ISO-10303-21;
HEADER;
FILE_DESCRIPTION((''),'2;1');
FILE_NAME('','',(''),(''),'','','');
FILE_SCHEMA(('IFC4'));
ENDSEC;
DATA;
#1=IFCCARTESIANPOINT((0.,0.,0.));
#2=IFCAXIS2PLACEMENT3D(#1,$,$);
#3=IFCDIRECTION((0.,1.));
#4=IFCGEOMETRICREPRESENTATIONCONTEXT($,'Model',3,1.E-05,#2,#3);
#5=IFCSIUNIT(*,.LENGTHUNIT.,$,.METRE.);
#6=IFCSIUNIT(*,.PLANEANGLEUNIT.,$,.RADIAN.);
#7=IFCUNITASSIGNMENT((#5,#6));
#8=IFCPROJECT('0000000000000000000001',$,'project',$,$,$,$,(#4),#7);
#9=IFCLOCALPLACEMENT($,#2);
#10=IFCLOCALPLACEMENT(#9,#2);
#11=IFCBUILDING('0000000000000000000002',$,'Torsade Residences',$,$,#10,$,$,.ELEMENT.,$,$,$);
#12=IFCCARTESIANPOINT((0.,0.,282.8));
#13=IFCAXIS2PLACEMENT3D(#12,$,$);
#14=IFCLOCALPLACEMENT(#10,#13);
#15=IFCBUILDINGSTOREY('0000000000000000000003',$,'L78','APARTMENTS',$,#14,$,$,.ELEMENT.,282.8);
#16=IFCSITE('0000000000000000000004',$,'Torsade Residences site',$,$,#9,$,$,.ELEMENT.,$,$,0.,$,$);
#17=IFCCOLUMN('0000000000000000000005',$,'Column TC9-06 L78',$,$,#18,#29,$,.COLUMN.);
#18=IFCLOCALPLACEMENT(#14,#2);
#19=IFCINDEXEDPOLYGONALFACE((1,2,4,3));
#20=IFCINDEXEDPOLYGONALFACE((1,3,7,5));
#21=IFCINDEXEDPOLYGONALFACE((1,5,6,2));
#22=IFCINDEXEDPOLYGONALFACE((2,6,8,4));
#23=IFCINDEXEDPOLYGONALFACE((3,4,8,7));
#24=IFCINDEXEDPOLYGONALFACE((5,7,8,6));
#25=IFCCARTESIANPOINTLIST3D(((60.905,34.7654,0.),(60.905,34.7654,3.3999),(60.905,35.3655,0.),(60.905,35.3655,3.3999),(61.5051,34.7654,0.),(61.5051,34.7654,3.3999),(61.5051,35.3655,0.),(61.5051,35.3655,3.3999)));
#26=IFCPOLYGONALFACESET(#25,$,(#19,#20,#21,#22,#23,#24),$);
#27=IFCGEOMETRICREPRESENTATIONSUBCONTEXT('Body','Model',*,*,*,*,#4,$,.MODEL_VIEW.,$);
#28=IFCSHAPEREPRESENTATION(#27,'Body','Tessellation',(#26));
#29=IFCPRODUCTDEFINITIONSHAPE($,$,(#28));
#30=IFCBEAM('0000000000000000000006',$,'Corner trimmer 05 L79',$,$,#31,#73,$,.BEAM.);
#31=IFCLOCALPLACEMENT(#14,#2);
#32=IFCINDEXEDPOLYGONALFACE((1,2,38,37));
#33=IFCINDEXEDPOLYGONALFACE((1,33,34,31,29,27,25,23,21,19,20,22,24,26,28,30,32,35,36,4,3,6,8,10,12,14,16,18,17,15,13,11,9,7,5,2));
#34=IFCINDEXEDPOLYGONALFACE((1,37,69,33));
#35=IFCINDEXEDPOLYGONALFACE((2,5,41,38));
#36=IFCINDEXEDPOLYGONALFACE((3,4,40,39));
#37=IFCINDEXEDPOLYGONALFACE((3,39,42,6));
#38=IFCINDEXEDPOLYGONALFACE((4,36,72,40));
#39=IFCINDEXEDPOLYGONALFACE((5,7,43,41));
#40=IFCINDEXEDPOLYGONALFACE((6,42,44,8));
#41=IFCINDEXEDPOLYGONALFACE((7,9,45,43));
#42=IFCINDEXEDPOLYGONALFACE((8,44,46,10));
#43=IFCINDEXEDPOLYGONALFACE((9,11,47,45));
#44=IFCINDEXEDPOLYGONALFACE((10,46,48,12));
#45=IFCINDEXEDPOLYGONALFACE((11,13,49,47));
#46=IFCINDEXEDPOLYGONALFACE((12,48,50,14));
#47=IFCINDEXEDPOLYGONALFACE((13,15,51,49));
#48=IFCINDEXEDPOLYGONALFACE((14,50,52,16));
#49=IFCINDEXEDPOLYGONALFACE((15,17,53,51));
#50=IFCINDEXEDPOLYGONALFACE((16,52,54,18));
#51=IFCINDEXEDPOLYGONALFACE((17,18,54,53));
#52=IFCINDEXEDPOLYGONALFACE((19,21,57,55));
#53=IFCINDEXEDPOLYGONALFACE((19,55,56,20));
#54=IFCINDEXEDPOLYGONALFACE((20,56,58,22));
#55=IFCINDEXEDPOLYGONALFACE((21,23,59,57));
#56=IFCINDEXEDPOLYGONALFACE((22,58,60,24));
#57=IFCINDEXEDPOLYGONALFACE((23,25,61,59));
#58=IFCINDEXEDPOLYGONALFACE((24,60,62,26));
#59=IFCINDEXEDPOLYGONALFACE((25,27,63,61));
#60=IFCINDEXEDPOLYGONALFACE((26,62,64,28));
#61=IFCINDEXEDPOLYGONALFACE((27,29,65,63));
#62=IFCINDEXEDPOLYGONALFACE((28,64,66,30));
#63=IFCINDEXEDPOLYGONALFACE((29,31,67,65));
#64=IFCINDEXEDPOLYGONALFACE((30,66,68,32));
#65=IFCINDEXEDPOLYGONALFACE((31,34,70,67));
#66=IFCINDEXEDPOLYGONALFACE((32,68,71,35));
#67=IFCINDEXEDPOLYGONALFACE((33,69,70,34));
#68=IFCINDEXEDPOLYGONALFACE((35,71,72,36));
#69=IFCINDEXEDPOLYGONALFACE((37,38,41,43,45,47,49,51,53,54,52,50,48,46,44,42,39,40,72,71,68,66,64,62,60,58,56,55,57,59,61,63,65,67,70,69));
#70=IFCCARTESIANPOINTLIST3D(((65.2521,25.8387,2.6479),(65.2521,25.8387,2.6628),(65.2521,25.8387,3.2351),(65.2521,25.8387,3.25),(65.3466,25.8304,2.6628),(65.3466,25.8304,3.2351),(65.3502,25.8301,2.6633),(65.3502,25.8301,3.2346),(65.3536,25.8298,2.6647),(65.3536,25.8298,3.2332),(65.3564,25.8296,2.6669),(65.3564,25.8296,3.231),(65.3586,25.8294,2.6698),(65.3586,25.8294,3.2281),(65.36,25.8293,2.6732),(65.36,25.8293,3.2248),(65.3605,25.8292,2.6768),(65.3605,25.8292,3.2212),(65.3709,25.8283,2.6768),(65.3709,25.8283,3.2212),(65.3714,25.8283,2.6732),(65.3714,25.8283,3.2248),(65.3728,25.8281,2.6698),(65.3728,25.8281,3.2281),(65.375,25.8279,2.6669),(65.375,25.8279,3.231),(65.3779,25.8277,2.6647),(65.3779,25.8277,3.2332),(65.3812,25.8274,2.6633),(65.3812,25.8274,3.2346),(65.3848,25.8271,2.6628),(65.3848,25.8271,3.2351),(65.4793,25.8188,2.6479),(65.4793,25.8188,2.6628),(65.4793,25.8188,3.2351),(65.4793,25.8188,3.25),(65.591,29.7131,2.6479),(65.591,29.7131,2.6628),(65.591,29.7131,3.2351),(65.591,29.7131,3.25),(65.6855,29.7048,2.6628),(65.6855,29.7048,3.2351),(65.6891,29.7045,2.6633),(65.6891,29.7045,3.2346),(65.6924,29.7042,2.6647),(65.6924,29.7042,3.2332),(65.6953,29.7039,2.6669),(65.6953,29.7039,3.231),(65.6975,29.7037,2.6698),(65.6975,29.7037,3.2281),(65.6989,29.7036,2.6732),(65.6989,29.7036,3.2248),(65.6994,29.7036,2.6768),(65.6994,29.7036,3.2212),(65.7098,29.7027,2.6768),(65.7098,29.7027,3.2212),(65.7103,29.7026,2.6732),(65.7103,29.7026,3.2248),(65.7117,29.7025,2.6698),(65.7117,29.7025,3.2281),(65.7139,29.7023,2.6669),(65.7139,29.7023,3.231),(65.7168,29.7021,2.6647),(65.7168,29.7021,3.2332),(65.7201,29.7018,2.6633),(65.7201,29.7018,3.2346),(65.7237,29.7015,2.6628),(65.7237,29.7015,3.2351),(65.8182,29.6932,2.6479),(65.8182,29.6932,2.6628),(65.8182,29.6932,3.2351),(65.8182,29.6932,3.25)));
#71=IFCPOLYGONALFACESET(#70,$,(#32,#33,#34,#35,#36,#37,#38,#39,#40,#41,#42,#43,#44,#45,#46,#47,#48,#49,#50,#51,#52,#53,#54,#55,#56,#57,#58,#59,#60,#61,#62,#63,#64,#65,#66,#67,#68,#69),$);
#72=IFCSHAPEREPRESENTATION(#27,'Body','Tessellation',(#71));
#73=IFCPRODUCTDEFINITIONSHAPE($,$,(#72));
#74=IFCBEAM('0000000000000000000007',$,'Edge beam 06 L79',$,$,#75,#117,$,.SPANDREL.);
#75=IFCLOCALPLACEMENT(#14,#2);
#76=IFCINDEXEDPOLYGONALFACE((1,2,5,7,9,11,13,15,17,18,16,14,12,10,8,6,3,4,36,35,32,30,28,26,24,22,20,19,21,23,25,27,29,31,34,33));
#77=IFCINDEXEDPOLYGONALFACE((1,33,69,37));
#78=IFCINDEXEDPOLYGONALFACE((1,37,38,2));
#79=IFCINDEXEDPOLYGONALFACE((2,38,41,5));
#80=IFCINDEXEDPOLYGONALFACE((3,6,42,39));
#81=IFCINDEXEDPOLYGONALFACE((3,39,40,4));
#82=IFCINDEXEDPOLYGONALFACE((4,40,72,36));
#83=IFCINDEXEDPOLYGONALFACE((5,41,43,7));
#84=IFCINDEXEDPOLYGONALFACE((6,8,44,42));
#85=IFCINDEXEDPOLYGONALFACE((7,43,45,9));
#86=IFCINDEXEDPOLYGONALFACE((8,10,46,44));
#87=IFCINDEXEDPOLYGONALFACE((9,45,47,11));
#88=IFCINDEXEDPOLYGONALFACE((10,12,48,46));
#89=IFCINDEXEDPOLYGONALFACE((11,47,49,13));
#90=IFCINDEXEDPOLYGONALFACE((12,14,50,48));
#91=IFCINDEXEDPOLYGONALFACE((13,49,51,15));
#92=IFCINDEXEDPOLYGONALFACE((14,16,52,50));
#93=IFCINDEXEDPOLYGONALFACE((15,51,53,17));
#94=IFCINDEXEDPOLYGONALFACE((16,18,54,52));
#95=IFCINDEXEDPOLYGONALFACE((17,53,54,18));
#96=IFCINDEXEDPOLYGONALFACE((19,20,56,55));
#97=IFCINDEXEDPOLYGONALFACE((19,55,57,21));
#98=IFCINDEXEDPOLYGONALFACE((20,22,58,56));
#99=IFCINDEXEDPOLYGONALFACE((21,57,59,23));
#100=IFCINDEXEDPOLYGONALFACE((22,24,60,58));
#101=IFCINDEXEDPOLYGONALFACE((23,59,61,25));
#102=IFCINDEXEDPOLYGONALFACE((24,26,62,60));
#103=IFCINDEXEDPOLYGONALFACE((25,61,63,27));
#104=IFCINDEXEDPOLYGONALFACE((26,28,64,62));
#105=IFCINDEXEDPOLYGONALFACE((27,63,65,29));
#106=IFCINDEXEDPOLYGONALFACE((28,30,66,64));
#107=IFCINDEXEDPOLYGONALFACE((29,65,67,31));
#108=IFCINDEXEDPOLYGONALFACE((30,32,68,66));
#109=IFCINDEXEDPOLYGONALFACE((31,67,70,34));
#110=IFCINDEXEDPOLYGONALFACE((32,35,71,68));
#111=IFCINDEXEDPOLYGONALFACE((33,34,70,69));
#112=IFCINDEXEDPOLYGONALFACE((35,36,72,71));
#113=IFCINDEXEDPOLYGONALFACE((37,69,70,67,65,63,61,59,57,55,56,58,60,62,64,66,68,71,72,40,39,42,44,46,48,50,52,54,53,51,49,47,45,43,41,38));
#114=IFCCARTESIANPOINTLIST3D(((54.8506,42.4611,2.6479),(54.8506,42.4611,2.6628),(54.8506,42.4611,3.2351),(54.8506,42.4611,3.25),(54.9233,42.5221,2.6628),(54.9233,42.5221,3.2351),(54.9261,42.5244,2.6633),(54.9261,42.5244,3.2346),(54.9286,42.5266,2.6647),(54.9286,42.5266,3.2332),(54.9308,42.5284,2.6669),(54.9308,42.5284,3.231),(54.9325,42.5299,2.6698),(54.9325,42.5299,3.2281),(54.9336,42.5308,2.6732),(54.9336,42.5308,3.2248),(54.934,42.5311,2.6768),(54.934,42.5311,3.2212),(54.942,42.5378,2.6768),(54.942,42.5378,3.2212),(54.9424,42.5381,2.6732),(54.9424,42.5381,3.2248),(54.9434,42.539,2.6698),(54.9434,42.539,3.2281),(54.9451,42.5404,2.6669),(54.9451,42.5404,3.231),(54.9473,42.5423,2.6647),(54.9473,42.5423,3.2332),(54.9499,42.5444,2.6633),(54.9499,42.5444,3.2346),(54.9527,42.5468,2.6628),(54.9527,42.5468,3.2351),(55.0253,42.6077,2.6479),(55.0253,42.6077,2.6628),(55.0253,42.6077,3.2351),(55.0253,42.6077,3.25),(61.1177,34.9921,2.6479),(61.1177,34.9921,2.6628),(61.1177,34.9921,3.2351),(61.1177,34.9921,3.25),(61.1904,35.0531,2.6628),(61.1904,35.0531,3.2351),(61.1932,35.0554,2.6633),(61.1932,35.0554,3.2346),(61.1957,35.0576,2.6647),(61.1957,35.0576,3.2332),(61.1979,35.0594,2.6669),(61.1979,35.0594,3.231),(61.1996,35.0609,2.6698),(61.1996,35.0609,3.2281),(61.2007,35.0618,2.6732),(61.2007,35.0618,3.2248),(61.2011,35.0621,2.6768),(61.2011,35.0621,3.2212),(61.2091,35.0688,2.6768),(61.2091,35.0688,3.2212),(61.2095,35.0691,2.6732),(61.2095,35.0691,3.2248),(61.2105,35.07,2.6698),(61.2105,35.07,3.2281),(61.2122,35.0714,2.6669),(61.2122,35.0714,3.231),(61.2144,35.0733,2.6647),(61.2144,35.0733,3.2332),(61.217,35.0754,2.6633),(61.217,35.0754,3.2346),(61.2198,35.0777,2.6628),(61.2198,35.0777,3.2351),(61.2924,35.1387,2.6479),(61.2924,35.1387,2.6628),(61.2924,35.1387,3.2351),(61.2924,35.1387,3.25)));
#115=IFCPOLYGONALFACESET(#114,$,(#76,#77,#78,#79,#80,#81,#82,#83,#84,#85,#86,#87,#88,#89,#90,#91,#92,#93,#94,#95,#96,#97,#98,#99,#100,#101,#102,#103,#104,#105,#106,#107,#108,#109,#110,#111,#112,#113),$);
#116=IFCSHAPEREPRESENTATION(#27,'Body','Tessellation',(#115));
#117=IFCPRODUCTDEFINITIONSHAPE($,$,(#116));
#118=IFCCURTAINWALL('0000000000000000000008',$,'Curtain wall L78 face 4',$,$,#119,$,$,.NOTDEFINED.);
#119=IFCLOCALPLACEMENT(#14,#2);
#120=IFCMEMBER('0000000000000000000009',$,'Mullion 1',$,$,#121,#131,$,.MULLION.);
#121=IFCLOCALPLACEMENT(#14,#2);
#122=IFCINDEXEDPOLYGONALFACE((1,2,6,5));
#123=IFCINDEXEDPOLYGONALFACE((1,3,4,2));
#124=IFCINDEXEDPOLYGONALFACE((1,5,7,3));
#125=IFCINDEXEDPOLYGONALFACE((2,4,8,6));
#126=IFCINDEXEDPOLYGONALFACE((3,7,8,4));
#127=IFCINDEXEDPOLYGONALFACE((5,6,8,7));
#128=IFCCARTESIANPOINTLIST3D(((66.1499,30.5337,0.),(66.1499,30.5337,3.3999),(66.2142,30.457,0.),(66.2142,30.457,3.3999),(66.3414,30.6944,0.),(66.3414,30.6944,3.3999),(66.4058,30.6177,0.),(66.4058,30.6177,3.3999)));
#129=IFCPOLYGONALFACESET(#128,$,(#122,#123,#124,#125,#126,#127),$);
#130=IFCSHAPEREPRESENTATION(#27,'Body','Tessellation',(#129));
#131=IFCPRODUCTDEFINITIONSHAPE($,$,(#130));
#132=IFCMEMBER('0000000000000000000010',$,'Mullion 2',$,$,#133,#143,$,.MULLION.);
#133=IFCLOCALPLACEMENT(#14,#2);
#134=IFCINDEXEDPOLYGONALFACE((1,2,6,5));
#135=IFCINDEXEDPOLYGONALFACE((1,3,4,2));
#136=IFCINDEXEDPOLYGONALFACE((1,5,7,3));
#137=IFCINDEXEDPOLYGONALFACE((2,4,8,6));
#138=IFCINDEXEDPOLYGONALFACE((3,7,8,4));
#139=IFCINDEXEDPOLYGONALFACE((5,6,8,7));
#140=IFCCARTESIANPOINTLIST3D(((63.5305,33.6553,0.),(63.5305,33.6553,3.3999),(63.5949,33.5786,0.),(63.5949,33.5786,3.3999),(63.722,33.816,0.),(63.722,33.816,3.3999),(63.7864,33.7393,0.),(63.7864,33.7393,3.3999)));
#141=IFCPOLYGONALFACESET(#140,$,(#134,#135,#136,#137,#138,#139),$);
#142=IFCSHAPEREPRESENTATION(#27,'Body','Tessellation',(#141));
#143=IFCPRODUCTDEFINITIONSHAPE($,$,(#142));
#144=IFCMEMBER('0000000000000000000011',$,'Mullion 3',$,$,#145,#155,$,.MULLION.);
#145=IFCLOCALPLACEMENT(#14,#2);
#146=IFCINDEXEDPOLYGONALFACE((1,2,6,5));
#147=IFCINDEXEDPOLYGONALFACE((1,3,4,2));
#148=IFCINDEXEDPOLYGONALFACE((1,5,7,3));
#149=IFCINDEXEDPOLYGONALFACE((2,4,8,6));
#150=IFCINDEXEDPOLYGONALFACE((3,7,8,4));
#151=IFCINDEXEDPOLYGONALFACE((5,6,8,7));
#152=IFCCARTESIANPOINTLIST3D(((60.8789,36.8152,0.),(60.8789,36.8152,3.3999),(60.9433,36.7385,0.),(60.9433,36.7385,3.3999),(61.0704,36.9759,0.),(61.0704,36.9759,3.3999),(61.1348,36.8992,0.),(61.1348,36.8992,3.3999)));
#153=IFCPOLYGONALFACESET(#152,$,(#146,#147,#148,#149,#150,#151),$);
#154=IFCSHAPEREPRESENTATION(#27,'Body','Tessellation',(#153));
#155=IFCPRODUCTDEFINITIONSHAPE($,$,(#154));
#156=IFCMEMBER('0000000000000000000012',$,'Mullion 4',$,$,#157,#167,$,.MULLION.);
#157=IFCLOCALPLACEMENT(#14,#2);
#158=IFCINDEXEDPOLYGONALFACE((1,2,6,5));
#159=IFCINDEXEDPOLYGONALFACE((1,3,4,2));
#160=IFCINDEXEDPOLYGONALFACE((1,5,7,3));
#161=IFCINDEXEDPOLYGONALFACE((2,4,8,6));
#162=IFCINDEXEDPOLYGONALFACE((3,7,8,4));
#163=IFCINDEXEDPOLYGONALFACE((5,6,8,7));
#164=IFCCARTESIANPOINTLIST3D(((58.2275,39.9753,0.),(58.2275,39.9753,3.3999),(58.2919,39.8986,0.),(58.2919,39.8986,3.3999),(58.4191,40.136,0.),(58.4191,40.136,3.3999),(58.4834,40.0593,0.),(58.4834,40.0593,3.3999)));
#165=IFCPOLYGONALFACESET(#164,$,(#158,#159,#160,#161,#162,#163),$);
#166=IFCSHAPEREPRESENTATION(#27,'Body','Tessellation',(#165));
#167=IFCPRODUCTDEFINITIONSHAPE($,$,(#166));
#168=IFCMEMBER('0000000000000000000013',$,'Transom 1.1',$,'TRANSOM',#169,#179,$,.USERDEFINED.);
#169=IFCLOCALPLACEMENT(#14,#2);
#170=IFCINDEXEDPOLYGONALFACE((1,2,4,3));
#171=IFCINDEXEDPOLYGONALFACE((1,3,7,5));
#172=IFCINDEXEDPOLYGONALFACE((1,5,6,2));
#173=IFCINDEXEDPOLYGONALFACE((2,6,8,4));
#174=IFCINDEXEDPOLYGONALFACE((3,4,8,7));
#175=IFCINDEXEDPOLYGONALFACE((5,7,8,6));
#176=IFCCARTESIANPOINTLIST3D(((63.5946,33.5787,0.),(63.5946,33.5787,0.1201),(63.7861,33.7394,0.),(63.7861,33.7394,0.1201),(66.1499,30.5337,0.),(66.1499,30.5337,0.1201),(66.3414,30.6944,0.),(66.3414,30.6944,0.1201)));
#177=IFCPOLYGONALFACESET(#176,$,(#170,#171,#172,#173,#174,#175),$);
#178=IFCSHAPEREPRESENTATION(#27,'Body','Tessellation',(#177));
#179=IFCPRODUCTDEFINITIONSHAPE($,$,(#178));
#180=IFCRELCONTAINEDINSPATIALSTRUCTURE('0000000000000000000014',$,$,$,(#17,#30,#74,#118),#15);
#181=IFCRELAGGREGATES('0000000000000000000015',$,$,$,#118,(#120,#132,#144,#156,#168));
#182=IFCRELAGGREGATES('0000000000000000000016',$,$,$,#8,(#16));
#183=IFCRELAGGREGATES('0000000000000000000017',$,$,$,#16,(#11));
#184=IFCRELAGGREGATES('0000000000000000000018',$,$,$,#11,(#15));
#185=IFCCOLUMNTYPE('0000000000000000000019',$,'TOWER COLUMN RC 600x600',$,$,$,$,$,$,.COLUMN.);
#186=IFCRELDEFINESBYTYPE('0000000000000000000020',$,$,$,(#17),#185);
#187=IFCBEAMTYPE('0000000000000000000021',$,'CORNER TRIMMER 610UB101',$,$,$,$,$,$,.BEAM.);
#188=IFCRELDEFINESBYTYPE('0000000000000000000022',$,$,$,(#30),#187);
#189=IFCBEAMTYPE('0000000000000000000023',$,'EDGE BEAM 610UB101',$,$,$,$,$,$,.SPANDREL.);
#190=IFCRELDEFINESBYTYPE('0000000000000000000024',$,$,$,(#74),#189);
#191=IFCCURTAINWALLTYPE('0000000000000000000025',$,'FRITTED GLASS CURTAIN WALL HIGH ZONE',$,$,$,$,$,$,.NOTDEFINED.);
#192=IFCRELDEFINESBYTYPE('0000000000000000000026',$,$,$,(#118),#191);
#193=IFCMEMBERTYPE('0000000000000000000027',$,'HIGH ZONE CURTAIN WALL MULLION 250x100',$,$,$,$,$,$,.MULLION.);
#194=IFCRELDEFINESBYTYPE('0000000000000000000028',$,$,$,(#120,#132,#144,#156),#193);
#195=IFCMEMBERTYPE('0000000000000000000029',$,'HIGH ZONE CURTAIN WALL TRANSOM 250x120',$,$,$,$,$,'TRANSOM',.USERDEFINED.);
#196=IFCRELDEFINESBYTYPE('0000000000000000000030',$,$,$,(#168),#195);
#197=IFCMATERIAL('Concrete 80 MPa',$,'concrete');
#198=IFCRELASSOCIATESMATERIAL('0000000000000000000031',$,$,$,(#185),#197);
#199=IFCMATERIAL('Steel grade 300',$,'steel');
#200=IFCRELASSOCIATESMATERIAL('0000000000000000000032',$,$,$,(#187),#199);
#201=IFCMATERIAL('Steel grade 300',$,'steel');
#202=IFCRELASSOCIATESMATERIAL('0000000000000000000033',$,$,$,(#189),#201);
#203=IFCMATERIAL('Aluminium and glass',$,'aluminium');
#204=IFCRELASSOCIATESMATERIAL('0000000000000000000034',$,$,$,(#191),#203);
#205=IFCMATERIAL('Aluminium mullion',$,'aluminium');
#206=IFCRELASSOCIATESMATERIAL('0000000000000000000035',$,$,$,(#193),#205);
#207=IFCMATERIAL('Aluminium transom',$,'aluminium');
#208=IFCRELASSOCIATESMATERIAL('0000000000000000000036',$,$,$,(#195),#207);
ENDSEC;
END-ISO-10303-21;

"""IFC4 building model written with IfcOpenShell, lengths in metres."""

from ifc_helpers import new_model, si_unit, direction, frame, origin, origin_2d, place, context, subcontext, project, spatial, rectangle, i_section, extrude, material, material_profile, profile_set, type_object, element, aggregate, save


model = new_model("IFC4")

# Units and contexts
model_context = context("Model", 3, precision=1e-05, world=origin(), true_north=direction((0.0, 1.0)))
body_context = subcontext(model_context, "Body", "Model", "MODEL_VIEW")
ifc_project = project(units=[si_unit("LENGTHUNIT", "METRE"), si_unit("PLANEANGLEUNIT", "RADIAN")], contexts=[model_context])

# Site, building, storey
site_placement = place(None, origin())
site = spatial("IfcSite", under=ifc_project, at=site_placement, Name="Torsade Residences site", CompositionType="ELEMENT", RefElevation=0.0)
building_placement = place(site_placement, origin())
building = spatial("IfcBuilding", under=site, at=building_placement, Name="Torsade Residences", CompositionType="ELEMENT")
storey_placement = place(building_placement, frame((0.0, 0.0, 282.8)))
storey = spatial("IfcBuildingStorey", under=building, at=storey_placement, Name="L78", Description="APARTMENTS", CompositionType="ELEMENT", Elevation=282.8)

# Column
ifc_material_1 = material(Name="Concrete 80 MPa", Category="concrete")
ifc_material_profile_1 = material_profile(ifc_material_1, rectangle(XDim=0.6001, YDim=0.6001, at=origin_2d()), Name="RC 600x600")
ifc_profile_set_1 = profile_set([ifc_material_profile_1], Name="Concrete 80 MPa")
column_type = type_object("IfcColumnType", Name="TOWER COLUMN RC 600x600", PredefinedType="COLUMN", material=ifc_profile_set_1)
column_placement = place(storey_placement, frame((61.2051, 35.0654, 0.0), z_axis=(0.0, 0.0, 1.0), x_axis=(1.0, 0.0, 0.0)))
element("IfcColumn", 1, at=column_placement, inside=storey, type_object=column_type, Name="Column TC9-06 L78", PredefinedType="COLUMN", context=body_context, shape_type="SweptSolid", body=[
    extrude(rectangle(XDim=0.6001, YDim=0.6001, at=origin_2d()), origin(), (0.0, 0.0, 1.0), 3.3999),
])

# Beams
ifc_material_2 = material(Name="Steel grade 300", Category="steel")
ifc_material_profile_2 = material_profile(ifc_material_2, i_section(OverallWidth=0.228, OverallDepth=0.6021, WebThickness=0.0105, FlangeThickness=0.0149, FilletRadius=0.0139, at=origin_2d()), Name="610UB101")
ifc_profile_set_2 = profile_set([ifc_material_profile_2], Name="Steel grade 300")
beam_type_1 = type_object("IfcBeamType", Name="CORNER TRIMMER 610UB101", PredefinedType="BEAM", material=ifc_profile_set_2)
beam_1_placement = place(storey_placement, frame((65.7046, 29.7031, 2.949), z_axis=(-0.087133, -0.996197, 0.0), x_axis=(0.996197, -0.087133, 0.0)))
element("IfcBeam", 2, at=beam_1_placement, inside=storey, type_object=beam_type_1, Name="Corner trimmer 05 L79", PredefinedType="BEAM", context=body_context, shape_type="SweptSolid", body=[
    extrude(i_section(OverallWidth=0.228, OverallDepth=0.6021, WebThickness=0.0105, FlangeThickness=0.0149, FilletRadius=0.0139, at=origin_2d()), origin(), (0.0, 0.0, 1.0), 3.8892),
])
ifc_material_3 = material(Name="Steel grade 300", Category="steel")
ifc_material_profile_3 = material_profile(ifc_material_3, i_section(OverallWidth=0.228, OverallDepth=0.6021, WebThickness=0.0105, FlangeThickness=0.0149, FilletRadius=0.0139, at=origin_2d()), Name="610UB101")
ifc_profile_set_3 = profile_set([ifc_material_profile_3], Name="Steel grade 300")
beam_type_2 = type_object("IfcBeamType", Name="EDGE BEAM 610UB101", PredefinedType="SPANDREL", material=ifc_profile_set_3)
beam_2_placement = place(storey_placement, frame((61.2051, 35.0654, 2.949), z_axis=(-0.642779, 0.766052, 0.0), x_axis=(-0.766052, -0.642779, 0.0)))
element("IfcBeam", 3, at=beam_2_placement, inside=storey, type_object=beam_type_2, Name="Edge beam 06 L79", PredefinedType="SPANDREL", context=body_context, shape_type="SweptSolid", body=[
    extrude(i_section(OverallWidth=0.228, OverallDepth=0.6021, WebThickness=0.0105, FlangeThickness=0.0149, FilletRadius=0.0139, at=origin_2d()), origin(), (0.0, 0.0, 1.0), 9.75),
])

# Curtain wall, members
ifc_material_4 = material(Name="Aluminium and glass", Category="aluminium")
curtain_wall_type = type_object("IfcCurtainWallType", Name="FRITTED GLASS CURTAIN WALL HIGH ZONE", PredefinedType="NOTDEFINED", material=ifc_material_4)
curtain_wall_placement = place(storey_placement, origin())
curtain_wall = element("IfcCurtainWall", 4, at=curtain_wall_placement, inside=storey, type_object=curtain_wall_type, Name="Curtain wall L78 face 4", PredefinedType="NOTDEFINED")
ifc_material_5 = material(Name="Aluminium mullion", Category="aluminium")
ifc_material_profile_4 = material_profile(ifc_material_5, rectangle(XDim=0.25, YDim=0.1001, at=origin_2d()), Name="HIGH ZONE CURTAIN WALL MULLION 250x100")
ifc_profile_set_4 = profile_set([ifc_material_profile_4], Name="Aluminium mullion")
member_type_1 = type_object("IfcMemberType", Name="HIGH ZONE CURTAIN WALL MULLION 250x100", PredefinedType="MULLION", material=ifc_profile_set_4)
member_1_placement = place(storey_placement, frame((66.2778, 30.5757, 0.0), z_axis=(0.0, 0.0, 1.0), x_axis=(-0.766044, -0.642788, 0.0)))
member_1 = element("IfcMember", 5, at=member_1_placement, type_object=member_type_1, Name="Mullion 1", PredefinedType="MULLION", context=body_context, shape_type="SweptSolid", body=[
    extrude(rectangle(XDim=0.25, YDim=0.1001, at=origin_2d()), origin(), (0.0, 0.0, 1.0), 3.3999),
])
member_2_placement = place(storey_placement, frame((63.6584, 33.6973, 0.0), z_axis=(0.0, 0.0, 1.0), x_axis=(-0.766044, -0.642788, 0.0)))
member_2 = element("IfcMember", 6, at=member_2_placement, type_object=member_type_1, Name="Mullion 2", PredefinedType="MULLION", context=body_context, shape_type="SweptSolid", body=[
    extrude(rectangle(XDim=0.25, YDim=0.1001, at=origin_2d()), origin(), (0.0, 0.0, 1.0), 3.3999),
])
member_3_placement = place(storey_placement, frame((61.0068, 36.8572, 0.0), z_axis=(0.0, 0.0, 1.0), x_axis=(-0.766044, -0.642788, 0.0)))
member_3 = element("IfcMember", 7, at=member_3_placement, type_object=member_type_1, Name="Mullion 3", PredefinedType="MULLION", context=body_context, shape_type="SweptSolid", body=[
    extrude(rectangle(XDim=0.25, YDim=0.1001, at=origin_2d()), origin(), (0.0, 0.0, 1.0), 3.3999),
])
member_4_placement = place(storey_placement, frame((58.3555, 40.0173, 0.0), z_axis=(0.0, 0.0, 1.0), x_axis=(-0.766044, -0.642788, 0.0)))
member_4 = element("IfcMember", 8, at=member_4_placement, type_object=member_type_1, Name="Mullion 4", PredefinedType="MULLION", context=body_context, shape_type="SweptSolid", body=[
    extrude(rectangle(XDim=0.25, YDim=0.1001, at=origin_2d()), origin(), (0.0, 0.0, 1.0), 3.3999),
])
ifc_material_6 = material(Name="Aluminium transom", Category="aluminium")
ifc_material_profile_5 = material_profile(ifc_material_6, rectangle(XDim=0.25, YDim=0.1201, at=origin_2d()), Name="HIGH ZONE CURTAIN WALL TRANSOM 250x120")
ifc_profile_set_5 = profile_set([ifc_material_profile_5], Name="Aluminium transom")
member_type_2 = type_object("IfcMemberType", Name="HIGH ZONE CURTAIN WALL TRANSOM 250x120", ElementType="TRANSOM", PredefinedType="USERDEFINED", material=ifc_profile_set_5)
member_5_placement = place(storey_placement, frame((66.2456, 30.614, 0.0601), z_axis=(-0.642815, 0.766022, 0.0), x_axis=(-0.766022, -0.642815, 0.0)))
member_5 = element("IfcMember", 9, at=member_5_placement, type_object=member_type_2, Name="Transom 1.1", ObjectType="TRANSOM", PredefinedType="USERDEFINED", context=body_context, shape_type="SweptSolid", body=[
    extrude(rectangle(XDim=0.25, YDim=0.1201, at=origin_2d()), origin(), (0.0, 0.0, 1.0), 3.9751),
])

aggregate(curtain_wall, [member_1, member_2, member_3, member_4, member_5])

save(model, "model.ifc")
